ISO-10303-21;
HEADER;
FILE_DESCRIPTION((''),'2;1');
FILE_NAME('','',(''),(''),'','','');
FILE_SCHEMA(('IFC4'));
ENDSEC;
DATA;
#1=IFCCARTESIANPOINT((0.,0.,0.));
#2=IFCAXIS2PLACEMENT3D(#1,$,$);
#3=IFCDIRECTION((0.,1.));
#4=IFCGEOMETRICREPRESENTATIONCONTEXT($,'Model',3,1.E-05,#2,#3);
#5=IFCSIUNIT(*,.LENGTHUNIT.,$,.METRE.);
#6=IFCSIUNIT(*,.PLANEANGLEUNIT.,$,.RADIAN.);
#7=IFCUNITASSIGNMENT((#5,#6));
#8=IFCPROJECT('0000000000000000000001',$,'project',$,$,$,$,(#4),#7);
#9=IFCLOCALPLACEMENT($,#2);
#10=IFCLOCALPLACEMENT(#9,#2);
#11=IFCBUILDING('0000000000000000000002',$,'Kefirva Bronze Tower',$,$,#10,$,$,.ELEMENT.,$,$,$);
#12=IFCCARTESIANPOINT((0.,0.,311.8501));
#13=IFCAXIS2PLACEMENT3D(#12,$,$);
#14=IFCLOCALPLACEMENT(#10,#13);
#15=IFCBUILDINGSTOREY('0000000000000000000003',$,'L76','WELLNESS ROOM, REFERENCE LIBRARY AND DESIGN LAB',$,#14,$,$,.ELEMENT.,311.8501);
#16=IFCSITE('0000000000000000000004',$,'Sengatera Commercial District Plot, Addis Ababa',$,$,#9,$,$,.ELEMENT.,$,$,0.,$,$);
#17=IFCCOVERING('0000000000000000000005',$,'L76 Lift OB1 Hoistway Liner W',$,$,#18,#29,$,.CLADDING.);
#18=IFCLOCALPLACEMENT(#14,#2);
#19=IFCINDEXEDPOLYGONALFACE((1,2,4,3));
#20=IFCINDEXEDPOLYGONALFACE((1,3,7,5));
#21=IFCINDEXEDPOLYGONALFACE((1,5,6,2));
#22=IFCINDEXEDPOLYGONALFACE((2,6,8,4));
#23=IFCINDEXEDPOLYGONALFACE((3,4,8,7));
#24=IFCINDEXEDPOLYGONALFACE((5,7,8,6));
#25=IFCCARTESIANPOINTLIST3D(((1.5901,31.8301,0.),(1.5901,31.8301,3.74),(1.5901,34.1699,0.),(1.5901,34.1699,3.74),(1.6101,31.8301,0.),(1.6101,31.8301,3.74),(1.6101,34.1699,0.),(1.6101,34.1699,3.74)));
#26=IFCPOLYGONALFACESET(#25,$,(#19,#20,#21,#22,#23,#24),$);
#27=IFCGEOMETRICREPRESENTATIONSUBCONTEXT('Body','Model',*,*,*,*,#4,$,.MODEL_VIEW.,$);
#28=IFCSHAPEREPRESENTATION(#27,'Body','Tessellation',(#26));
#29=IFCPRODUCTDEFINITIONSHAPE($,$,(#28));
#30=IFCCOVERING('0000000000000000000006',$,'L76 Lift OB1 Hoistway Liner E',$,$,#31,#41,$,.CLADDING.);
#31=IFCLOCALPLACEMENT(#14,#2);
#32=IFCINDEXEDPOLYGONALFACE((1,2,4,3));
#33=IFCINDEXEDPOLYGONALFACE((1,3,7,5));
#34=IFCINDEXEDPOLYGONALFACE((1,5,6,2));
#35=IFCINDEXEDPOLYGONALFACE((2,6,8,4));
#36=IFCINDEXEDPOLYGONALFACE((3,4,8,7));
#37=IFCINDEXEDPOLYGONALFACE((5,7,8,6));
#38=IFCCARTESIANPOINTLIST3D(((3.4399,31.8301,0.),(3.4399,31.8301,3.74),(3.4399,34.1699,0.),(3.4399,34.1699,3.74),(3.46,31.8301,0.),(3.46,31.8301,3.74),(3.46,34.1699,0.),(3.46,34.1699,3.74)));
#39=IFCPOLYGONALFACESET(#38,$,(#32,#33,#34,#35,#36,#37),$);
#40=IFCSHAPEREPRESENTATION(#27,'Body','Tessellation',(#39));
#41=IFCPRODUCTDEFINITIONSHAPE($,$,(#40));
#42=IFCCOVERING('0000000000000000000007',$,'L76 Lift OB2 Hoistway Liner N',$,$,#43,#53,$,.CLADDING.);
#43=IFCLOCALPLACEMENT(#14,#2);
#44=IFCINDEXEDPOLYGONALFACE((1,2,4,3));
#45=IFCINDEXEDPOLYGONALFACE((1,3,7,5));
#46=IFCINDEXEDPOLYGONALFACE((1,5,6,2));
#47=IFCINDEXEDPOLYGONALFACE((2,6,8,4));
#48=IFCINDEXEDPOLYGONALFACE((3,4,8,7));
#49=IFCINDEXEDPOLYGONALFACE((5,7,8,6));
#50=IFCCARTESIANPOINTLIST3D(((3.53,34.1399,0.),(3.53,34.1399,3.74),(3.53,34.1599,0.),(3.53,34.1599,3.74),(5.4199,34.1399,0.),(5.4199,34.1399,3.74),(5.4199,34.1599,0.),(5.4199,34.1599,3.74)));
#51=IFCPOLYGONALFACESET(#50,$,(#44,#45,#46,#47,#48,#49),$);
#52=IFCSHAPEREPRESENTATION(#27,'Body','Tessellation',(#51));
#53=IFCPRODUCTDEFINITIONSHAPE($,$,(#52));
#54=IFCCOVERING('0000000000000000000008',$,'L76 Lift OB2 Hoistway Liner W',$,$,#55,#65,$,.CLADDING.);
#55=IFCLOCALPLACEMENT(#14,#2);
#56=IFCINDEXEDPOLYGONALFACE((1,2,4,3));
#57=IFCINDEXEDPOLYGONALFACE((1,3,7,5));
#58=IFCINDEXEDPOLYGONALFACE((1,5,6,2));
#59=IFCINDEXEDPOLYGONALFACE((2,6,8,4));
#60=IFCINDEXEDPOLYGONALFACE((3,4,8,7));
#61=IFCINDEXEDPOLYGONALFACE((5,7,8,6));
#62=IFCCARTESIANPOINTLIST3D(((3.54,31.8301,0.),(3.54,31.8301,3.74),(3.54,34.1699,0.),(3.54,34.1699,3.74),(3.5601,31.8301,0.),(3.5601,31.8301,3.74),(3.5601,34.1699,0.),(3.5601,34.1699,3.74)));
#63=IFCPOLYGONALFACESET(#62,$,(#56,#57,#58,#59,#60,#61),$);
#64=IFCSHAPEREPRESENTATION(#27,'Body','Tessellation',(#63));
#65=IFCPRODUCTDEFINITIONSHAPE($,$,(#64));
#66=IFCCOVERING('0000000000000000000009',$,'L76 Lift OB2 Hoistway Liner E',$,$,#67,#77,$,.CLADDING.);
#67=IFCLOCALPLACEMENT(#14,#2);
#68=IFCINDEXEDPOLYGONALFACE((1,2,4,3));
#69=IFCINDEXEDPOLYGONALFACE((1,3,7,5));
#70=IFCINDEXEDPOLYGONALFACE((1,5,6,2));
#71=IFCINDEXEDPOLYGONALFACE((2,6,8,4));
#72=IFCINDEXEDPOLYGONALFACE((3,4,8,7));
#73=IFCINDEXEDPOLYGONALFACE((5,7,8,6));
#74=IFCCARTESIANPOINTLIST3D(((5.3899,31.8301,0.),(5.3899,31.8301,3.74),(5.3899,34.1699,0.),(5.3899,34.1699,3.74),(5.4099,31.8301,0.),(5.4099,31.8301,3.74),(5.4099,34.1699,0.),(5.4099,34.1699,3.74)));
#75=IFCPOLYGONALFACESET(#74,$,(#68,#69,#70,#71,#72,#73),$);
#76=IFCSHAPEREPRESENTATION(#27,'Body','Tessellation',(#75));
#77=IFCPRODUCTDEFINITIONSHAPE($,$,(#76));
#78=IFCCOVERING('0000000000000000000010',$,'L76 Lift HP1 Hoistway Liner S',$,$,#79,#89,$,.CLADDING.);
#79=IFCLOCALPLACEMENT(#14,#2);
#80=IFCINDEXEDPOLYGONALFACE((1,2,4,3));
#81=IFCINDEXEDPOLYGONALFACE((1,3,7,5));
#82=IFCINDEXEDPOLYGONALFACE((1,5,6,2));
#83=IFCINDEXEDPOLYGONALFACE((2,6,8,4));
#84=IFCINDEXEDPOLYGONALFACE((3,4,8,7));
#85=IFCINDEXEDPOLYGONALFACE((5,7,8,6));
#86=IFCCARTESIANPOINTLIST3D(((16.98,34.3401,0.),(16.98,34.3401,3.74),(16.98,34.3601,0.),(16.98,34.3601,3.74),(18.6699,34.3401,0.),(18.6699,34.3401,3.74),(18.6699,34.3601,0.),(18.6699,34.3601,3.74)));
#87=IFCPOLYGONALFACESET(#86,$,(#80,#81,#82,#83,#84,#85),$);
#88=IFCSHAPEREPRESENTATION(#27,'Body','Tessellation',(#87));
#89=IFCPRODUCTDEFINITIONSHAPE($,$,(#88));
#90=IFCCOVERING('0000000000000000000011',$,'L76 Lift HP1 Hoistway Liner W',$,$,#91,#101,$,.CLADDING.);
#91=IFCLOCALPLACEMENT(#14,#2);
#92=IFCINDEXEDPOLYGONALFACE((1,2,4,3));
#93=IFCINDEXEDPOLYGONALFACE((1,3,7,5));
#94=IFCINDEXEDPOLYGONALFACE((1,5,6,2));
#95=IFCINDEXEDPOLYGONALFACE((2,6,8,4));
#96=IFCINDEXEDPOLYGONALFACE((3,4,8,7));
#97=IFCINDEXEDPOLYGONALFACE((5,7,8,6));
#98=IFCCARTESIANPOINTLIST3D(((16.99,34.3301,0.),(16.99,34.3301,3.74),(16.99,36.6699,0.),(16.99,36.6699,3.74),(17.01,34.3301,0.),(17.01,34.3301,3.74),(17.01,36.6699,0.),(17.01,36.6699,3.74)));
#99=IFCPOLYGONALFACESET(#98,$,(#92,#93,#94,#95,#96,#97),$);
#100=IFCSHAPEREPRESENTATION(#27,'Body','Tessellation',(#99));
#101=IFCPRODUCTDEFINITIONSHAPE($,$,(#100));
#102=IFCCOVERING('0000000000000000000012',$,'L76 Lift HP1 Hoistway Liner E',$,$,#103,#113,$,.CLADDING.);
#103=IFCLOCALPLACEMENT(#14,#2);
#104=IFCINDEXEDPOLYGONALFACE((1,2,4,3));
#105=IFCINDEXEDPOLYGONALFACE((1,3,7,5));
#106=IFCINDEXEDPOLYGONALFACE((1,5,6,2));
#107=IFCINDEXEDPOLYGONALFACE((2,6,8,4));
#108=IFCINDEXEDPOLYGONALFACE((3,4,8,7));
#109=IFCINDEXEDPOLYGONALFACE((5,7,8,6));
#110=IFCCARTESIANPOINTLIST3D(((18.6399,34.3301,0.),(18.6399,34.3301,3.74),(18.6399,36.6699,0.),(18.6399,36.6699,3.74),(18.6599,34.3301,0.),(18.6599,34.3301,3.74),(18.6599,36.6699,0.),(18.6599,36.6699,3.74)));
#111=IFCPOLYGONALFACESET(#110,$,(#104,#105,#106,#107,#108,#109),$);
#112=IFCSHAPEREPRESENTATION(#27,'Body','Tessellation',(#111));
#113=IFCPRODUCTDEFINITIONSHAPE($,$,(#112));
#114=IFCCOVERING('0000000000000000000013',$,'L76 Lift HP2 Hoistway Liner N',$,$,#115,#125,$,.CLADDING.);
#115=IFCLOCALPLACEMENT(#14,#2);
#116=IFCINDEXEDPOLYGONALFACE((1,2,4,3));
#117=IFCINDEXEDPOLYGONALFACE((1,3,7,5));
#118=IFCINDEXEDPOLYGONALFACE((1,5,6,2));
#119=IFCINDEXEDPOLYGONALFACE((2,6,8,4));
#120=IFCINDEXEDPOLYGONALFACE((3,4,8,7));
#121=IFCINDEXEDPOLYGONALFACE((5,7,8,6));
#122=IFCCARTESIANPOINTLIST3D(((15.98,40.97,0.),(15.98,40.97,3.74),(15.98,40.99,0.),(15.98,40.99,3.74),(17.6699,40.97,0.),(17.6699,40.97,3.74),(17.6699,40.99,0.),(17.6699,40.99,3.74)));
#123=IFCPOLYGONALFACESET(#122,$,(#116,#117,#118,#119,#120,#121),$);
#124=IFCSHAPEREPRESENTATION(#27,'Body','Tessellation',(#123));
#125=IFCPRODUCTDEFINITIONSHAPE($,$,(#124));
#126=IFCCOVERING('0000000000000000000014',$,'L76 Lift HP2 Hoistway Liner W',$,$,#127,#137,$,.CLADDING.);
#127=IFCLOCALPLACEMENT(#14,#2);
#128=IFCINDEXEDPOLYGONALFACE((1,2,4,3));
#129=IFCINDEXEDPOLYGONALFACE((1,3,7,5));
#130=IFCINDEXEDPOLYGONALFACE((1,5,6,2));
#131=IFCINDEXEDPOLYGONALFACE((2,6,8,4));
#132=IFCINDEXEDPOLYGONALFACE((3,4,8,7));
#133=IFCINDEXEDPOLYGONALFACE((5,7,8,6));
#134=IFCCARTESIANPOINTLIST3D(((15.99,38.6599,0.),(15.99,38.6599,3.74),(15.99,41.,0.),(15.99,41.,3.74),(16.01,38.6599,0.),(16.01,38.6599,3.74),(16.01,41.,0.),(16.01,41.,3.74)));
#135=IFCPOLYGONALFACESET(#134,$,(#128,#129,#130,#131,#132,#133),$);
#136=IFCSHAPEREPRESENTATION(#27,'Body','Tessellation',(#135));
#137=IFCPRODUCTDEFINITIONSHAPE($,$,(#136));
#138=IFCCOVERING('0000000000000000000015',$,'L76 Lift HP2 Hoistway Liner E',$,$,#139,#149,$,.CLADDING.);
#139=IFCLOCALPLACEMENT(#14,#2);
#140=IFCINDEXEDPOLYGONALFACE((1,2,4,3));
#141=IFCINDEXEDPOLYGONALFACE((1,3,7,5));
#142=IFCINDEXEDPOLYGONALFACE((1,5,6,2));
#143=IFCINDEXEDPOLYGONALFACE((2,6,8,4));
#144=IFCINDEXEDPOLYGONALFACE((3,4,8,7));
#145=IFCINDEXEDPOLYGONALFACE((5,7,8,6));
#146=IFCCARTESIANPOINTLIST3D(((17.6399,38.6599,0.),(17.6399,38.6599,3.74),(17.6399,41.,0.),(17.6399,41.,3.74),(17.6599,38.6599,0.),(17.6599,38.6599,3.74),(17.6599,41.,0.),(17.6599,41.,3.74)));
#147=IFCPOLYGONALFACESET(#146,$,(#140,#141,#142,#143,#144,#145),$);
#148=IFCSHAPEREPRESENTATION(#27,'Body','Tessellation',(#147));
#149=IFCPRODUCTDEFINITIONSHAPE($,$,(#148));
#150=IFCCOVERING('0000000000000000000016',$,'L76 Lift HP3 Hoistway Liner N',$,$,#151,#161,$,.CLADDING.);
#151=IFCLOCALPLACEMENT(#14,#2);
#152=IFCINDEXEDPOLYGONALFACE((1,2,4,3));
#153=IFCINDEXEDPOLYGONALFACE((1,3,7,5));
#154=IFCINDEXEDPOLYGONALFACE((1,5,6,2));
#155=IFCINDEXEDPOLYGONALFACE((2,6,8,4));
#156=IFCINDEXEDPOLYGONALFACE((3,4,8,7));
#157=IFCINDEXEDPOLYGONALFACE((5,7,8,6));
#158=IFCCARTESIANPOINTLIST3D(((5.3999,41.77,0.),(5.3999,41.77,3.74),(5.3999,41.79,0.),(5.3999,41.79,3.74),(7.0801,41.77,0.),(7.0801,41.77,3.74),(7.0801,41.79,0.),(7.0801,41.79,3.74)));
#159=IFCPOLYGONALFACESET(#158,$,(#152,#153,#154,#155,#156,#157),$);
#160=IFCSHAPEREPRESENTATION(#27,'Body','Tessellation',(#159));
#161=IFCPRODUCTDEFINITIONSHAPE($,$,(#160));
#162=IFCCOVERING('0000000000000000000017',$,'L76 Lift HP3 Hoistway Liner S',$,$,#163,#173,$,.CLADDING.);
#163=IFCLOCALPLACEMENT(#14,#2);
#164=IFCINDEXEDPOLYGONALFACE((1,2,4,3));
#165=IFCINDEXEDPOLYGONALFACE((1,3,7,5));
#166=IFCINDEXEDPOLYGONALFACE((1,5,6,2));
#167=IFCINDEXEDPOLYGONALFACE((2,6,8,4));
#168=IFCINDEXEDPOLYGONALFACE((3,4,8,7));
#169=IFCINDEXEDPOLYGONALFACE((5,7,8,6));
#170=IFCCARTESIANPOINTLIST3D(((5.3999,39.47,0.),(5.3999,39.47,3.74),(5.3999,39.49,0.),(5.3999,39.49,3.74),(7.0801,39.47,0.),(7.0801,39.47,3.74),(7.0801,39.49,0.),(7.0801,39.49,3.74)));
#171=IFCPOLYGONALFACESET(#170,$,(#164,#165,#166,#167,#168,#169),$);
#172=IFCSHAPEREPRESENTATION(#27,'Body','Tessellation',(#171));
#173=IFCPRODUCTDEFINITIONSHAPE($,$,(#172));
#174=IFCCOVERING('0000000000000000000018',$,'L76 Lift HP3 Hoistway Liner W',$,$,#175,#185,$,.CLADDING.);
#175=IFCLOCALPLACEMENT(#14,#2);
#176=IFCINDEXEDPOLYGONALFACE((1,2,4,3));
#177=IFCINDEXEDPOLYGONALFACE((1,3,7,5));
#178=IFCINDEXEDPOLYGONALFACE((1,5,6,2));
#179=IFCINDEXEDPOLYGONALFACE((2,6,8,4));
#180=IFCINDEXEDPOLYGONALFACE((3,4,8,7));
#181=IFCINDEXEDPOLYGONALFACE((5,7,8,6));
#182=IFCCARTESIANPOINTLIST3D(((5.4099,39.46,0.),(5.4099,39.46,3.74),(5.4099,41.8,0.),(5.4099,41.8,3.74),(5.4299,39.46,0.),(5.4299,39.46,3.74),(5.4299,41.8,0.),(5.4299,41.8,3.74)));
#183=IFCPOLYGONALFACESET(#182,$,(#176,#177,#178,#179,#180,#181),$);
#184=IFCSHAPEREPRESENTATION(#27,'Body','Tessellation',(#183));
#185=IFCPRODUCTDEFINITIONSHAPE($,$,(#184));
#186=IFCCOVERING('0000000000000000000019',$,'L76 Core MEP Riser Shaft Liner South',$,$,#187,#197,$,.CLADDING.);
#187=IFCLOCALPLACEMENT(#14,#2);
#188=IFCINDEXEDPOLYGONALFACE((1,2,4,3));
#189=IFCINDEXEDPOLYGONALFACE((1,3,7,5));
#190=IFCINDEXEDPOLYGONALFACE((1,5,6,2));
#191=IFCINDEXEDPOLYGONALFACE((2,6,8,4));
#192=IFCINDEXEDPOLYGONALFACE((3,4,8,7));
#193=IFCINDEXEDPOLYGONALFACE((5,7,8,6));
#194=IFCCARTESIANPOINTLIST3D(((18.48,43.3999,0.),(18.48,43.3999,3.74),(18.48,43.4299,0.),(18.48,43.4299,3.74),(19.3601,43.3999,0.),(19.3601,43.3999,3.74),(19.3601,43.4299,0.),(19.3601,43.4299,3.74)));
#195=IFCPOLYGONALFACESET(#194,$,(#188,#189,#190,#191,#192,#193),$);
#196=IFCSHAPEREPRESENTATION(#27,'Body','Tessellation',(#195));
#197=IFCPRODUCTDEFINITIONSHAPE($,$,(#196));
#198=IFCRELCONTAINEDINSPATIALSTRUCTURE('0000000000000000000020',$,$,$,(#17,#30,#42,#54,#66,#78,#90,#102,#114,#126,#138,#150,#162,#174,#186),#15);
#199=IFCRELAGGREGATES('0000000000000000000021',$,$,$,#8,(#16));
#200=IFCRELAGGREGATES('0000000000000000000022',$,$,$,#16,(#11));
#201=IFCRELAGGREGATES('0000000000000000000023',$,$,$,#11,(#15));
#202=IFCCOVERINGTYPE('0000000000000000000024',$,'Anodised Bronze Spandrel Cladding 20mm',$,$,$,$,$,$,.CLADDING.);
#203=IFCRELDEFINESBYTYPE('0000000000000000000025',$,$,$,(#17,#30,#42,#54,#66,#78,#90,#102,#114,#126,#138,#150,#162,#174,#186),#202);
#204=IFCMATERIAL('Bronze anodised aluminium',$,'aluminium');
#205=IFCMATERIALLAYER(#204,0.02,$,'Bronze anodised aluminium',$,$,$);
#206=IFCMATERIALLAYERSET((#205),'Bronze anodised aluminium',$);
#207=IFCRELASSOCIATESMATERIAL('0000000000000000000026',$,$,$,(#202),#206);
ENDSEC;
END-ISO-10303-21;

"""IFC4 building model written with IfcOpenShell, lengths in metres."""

from ifc_helpers import new_model, si_unit, direction, frame, origin, place, context, subcontext, project, spatial, polyline, outline, extrude, material, layer, layer_set, type_object, element, save


model = new_model("IFC4")

# Units and contexts
model_context = context("Model", 3, precision=1e-05, world=origin(), true_north=direction((0.0, 1.0)))
body_context = subcontext(model_context, "Body", "Model", "MODEL_VIEW")
ifc_project = project(units=[si_unit("LENGTHUNIT", "METRE"), si_unit("PLANEANGLEUNIT", "RADIAN")], contexts=[model_context])

# Site, building, storey
site_placement = place(None, origin())
site = spatial("IfcSite", under=ifc_project, at=site_placement, Name="Sengatera Commercial District Plot, Addis Ababa", CompositionType="ELEMENT", RefElevation=0.0)
building_placement = place(site_placement, origin())
building = spatial("IfcBuilding", under=site, at=building_placement, Name="Kefirva Bronze Tower", CompositionType="ELEMENT")
storey_placement = place(building_placement, frame((0.0, 0.0, 311.8501)))
storey = spatial("IfcBuildingStorey", under=building, at=storey_placement, Name="L76", Description="WELLNESS ROOM, REFERENCE LIBRARY AND DESIGN LAB", CompositionType="ELEMENT", Elevation=311.8501)

# Coverings
ifc_material_1 = material(Name="Bronze anodised aluminium", Category="aluminium")
ifc_layer_1 = layer(ifc_material_1, 0.02, Name="Bronze anodised aluminium")
ifc_layer_set_1 = layer_set([ifc_layer_1], Name="Bronze anodised aluminium")
covering_type_1 = type_object("IfcCoveringType", Name="Anodised Bronze Spandrel Cladding 20mm", PredefinedType="CLADDING", material=ifc_layer_set_1)
covering_1_placement = place(storey_placement, origin())
element("IfcCovering", 1, at=covering_1_placement, inside=storey, type_object=covering_type_1, Name="L76 Lift OB1 Hoistway Liner W", PredefinedType="CLADDING", context=body_context, shape_type="SweptSolid", body=[
    extrude(outline(polyline([(1.5901, 31.8301), (1.6101, 31.8301), (1.6101, 34.1699), (1.5901, 34.1699), (1.5901, 31.8301)])), origin(), (0.0, 0.0, 1.0), 3.74),
])
covering_2_placement = place(storey_placement, origin())
element("IfcCovering", 2, at=covering_2_placement, inside=storey, type_object=covering_type_1, Name="L76 Lift OB1 Hoistway Liner E", PredefinedType="CLADDING", context=body_context, shape_type="SweptSolid", body=[
    extrude(outline(polyline([(3.4399, 31.8301), (3.46, 31.8301), (3.46, 34.1699), (3.4399, 34.1699), (3.4399, 31.8301)])), origin(), (0.0, 0.0, 1.0), 3.74),
])
covering_3_placement = place(storey_placement, origin())
element("IfcCovering", 3, at=covering_3_placement, inside=storey, type_object=covering_type_1, Name="L76 Lift OB2 Hoistway Liner N", PredefinedType="CLADDING", context=body_context, shape_type="SweptSolid", body=[
    extrude(outline(polyline([(3.53, 34.1399), (5.4199, 34.1399), (5.4199, 34.1599), (3.53, 34.1599), (3.53, 34.1399)])), origin(), (0.0, 0.0, 1.0), 3.74),
])
covering_4_placement = place(storey_placement, origin())
element("IfcCovering", 4, at=covering_4_placement, inside=storey, type_object=covering_type_1, Name="L76 Lift OB2 Hoistway Liner W", PredefinedType="CLADDING", context=body_context, shape_type="SweptSolid", body=[
    extrude(outline(polyline([(3.54, 31.8301), (3.5601, 31.8301), (3.5601, 34.1699), (3.54, 34.1699), (3.54, 31.8301)])), origin(), (0.0, 0.0, 1.0), 3.74),
])
covering_5_placement = place(storey_placement, origin())
element("IfcCovering", 5, at=covering_5_placement, inside=storey, type_object=covering_type_1, Name="L76 Lift OB2 Hoistway Liner E", PredefinedType="CLADDING", context=body_context, shape_type="SweptSolid", body=[
    extrude(outline(polyline([(5.3899, 31.8301), (5.4099, 31.8301), (5.4099, 34.1699), (5.3899, 34.1699), (5.3899, 31.8301)])), origin(), (0.0, 0.0, 1.0), 3.74),
])
covering_6_placement = place(storey_placement, origin())
element("IfcCovering", 6, at=covering_6_placement, inside=storey, type_object=covering_type_1, Name="L76 Lift HP1 Hoistway Liner S", PredefinedType="CLADDING", context=body_context, shape_type="SweptSolid", body=[
    extrude(outline(polyline([(16.98, 34.3401), (18.6699, 34.3401), (18.6699, 34.3601), (16.98, 34.3601), (16.98, 34.3401)])), origin(), (0.0, 0.0, 1.0), 3.74),
])
covering_7_placement = place(storey_placement, origin())
element("IfcCovering", 7, at=covering_7_placement, inside=storey, type_object=covering_type_1, Name="L76 Lift HP1 Hoistway Liner W", PredefinedType="CLADDING", context=body_context, shape_type="SweptSolid", body=[
    extrude(outline(polyline([(16.99, 34.3301), (17.01, 34.3301), (17.01, 36.6699), (16.99, 36.6699), (16.99, 34.3301)])), origin(), (0.0, 0.0, 1.0), 3.74),
])
covering_8_placement = place(storey_placement, origin())
element("IfcCovering", 8, at=covering_8_placement, inside=storey, type_object=covering_type_1, Name="L76 Lift HP1 Hoistway Liner E", PredefinedType="CLADDING", context=body_context, shape_type="SweptSolid", body=[
    extrude(outline(polyline([(18.6399, 34.3301), (18.6599, 34.3301), (18.6599, 36.6699), (18.6399, 36.6699), (18.6399, 34.3301)])), origin(), (0.0, 0.0, 1.0), 3.74),
])
covering_9_placement = place(storey_placement, origin())
element("IfcCovering", 9, at=covering_9_placement, inside=storey, type_object=covering_type_1, Name="L76 Lift HP2 Hoistway Liner N", PredefinedType="CLADDING", context=body_context, shape_type="SweptSolid", body=[
    extrude(outline(polyline([(15.98, 40.97), (17.6699, 40.97), (17.6699, 40.99), (15.98, 40.99), (15.98, 40.97)])), origin(), (0.0, 0.0, 1.0), 3.74),
])
covering_10_placement = place(storey_placement, origin())
element("IfcCovering", 10, at=covering_10_placement, inside=storey, type_object=covering_type_1, Name="L76 Lift HP2 Hoistway Liner W", PredefinedType="CLADDING", context=body_context, shape_type="SweptSolid", body=[
    extrude(outline(polyline([(15.99, 38.6599), (16.01, 38.6599), (16.01, 41.0), (15.99, 41.0), (15.99, 38.6599)])), origin(), (0.0, 0.0, 1.0), 3.74),
])
covering_11_placement = place(storey_placement, origin())
element("IfcCovering", 11, at=covering_11_placement, inside=storey, type_object=covering_type_1, Name="L76 Lift HP2 Hoistway Liner E", PredefinedType="CLADDING", context=body_context, shape_type="SweptSolid", body=[
    extrude(outline(polyline([(17.6399, 38.6599), (17.6599, 38.6599), (17.6599, 41.0), (17.6399, 41.0), (17.6399, 38.6599)])), origin(), (0.0, 0.0, 1.0), 3.74),
])
covering_12_placement = place(storey_placement, origin())
element("IfcCovering", 12, at=covering_12_placement, inside=storey, type_object=covering_type_1, Name="L76 Lift HP3 Hoistway Liner N", PredefinedType="CLADDING", context=body_context, shape_type="SweptSolid", body=[
    extrude(outline(polyline([(5.3999, 41.77), (7.0801, 41.77), (7.0801, 41.79), (5.3999, 41.79), (5.3999, 41.77)])), origin(), (0.0, 0.0, 1.0), 3.74),
])
covering_13_placement = place(storey_placement, origin())
element("IfcCovering", 13, at=covering_13_placement, inside=storey, type_object=covering_type_1, Name="L76 Lift HP3 Hoistway Liner S", PredefinedType="CLADDING", context=body_context, shape_type="SweptSolid", body=[
    extrude(outline(polyline([(5.3999, 39.47), (7.0801, 39.47), (7.0801, 39.49), (5.3999, 39.49), (5.3999, 39.47)])), origin(), (0.0, 0.0, 1.0), 3.74),
])
covering_14_placement = place(storey_placement, origin())
element("IfcCovering", 14, at=covering_14_placement, inside=storey, type_object=covering_type_1, Name="L76 Lift HP3 Hoistway Liner W", PredefinedType="CLADDING", context=body_context, shape_type="SweptSolid", body=[
    extrude(outline(polyline([(5.4099, 39.46), (5.4299, 39.46), (5.4299, 41.8), (5.4099, 41.8), (5.4099, 39.46)])), origin(), (0.0, 0.0, 1.0), 3.74),
])
covering_15_placement = place(storey_placement, origin())
element("IfcCovering", 15, at=covering_15_placement, inside=storey, type_object=covering_type_1, Name="L76 Core MEP Riser Shaft Liner South", PredefinedType="CLADDING", context=body_context, shape_type="SweptSolid", body=[
    extrude(outline(polyline([(18.48, 43.3999), (19.3601, 43.3999), (19.3601, 43.4299), (18.48, 43.4299), (18.48, 43.3999)])), origin(), (0.0, 0.0, 1.0), 3.74),
])

save(model, "model.ifc")
